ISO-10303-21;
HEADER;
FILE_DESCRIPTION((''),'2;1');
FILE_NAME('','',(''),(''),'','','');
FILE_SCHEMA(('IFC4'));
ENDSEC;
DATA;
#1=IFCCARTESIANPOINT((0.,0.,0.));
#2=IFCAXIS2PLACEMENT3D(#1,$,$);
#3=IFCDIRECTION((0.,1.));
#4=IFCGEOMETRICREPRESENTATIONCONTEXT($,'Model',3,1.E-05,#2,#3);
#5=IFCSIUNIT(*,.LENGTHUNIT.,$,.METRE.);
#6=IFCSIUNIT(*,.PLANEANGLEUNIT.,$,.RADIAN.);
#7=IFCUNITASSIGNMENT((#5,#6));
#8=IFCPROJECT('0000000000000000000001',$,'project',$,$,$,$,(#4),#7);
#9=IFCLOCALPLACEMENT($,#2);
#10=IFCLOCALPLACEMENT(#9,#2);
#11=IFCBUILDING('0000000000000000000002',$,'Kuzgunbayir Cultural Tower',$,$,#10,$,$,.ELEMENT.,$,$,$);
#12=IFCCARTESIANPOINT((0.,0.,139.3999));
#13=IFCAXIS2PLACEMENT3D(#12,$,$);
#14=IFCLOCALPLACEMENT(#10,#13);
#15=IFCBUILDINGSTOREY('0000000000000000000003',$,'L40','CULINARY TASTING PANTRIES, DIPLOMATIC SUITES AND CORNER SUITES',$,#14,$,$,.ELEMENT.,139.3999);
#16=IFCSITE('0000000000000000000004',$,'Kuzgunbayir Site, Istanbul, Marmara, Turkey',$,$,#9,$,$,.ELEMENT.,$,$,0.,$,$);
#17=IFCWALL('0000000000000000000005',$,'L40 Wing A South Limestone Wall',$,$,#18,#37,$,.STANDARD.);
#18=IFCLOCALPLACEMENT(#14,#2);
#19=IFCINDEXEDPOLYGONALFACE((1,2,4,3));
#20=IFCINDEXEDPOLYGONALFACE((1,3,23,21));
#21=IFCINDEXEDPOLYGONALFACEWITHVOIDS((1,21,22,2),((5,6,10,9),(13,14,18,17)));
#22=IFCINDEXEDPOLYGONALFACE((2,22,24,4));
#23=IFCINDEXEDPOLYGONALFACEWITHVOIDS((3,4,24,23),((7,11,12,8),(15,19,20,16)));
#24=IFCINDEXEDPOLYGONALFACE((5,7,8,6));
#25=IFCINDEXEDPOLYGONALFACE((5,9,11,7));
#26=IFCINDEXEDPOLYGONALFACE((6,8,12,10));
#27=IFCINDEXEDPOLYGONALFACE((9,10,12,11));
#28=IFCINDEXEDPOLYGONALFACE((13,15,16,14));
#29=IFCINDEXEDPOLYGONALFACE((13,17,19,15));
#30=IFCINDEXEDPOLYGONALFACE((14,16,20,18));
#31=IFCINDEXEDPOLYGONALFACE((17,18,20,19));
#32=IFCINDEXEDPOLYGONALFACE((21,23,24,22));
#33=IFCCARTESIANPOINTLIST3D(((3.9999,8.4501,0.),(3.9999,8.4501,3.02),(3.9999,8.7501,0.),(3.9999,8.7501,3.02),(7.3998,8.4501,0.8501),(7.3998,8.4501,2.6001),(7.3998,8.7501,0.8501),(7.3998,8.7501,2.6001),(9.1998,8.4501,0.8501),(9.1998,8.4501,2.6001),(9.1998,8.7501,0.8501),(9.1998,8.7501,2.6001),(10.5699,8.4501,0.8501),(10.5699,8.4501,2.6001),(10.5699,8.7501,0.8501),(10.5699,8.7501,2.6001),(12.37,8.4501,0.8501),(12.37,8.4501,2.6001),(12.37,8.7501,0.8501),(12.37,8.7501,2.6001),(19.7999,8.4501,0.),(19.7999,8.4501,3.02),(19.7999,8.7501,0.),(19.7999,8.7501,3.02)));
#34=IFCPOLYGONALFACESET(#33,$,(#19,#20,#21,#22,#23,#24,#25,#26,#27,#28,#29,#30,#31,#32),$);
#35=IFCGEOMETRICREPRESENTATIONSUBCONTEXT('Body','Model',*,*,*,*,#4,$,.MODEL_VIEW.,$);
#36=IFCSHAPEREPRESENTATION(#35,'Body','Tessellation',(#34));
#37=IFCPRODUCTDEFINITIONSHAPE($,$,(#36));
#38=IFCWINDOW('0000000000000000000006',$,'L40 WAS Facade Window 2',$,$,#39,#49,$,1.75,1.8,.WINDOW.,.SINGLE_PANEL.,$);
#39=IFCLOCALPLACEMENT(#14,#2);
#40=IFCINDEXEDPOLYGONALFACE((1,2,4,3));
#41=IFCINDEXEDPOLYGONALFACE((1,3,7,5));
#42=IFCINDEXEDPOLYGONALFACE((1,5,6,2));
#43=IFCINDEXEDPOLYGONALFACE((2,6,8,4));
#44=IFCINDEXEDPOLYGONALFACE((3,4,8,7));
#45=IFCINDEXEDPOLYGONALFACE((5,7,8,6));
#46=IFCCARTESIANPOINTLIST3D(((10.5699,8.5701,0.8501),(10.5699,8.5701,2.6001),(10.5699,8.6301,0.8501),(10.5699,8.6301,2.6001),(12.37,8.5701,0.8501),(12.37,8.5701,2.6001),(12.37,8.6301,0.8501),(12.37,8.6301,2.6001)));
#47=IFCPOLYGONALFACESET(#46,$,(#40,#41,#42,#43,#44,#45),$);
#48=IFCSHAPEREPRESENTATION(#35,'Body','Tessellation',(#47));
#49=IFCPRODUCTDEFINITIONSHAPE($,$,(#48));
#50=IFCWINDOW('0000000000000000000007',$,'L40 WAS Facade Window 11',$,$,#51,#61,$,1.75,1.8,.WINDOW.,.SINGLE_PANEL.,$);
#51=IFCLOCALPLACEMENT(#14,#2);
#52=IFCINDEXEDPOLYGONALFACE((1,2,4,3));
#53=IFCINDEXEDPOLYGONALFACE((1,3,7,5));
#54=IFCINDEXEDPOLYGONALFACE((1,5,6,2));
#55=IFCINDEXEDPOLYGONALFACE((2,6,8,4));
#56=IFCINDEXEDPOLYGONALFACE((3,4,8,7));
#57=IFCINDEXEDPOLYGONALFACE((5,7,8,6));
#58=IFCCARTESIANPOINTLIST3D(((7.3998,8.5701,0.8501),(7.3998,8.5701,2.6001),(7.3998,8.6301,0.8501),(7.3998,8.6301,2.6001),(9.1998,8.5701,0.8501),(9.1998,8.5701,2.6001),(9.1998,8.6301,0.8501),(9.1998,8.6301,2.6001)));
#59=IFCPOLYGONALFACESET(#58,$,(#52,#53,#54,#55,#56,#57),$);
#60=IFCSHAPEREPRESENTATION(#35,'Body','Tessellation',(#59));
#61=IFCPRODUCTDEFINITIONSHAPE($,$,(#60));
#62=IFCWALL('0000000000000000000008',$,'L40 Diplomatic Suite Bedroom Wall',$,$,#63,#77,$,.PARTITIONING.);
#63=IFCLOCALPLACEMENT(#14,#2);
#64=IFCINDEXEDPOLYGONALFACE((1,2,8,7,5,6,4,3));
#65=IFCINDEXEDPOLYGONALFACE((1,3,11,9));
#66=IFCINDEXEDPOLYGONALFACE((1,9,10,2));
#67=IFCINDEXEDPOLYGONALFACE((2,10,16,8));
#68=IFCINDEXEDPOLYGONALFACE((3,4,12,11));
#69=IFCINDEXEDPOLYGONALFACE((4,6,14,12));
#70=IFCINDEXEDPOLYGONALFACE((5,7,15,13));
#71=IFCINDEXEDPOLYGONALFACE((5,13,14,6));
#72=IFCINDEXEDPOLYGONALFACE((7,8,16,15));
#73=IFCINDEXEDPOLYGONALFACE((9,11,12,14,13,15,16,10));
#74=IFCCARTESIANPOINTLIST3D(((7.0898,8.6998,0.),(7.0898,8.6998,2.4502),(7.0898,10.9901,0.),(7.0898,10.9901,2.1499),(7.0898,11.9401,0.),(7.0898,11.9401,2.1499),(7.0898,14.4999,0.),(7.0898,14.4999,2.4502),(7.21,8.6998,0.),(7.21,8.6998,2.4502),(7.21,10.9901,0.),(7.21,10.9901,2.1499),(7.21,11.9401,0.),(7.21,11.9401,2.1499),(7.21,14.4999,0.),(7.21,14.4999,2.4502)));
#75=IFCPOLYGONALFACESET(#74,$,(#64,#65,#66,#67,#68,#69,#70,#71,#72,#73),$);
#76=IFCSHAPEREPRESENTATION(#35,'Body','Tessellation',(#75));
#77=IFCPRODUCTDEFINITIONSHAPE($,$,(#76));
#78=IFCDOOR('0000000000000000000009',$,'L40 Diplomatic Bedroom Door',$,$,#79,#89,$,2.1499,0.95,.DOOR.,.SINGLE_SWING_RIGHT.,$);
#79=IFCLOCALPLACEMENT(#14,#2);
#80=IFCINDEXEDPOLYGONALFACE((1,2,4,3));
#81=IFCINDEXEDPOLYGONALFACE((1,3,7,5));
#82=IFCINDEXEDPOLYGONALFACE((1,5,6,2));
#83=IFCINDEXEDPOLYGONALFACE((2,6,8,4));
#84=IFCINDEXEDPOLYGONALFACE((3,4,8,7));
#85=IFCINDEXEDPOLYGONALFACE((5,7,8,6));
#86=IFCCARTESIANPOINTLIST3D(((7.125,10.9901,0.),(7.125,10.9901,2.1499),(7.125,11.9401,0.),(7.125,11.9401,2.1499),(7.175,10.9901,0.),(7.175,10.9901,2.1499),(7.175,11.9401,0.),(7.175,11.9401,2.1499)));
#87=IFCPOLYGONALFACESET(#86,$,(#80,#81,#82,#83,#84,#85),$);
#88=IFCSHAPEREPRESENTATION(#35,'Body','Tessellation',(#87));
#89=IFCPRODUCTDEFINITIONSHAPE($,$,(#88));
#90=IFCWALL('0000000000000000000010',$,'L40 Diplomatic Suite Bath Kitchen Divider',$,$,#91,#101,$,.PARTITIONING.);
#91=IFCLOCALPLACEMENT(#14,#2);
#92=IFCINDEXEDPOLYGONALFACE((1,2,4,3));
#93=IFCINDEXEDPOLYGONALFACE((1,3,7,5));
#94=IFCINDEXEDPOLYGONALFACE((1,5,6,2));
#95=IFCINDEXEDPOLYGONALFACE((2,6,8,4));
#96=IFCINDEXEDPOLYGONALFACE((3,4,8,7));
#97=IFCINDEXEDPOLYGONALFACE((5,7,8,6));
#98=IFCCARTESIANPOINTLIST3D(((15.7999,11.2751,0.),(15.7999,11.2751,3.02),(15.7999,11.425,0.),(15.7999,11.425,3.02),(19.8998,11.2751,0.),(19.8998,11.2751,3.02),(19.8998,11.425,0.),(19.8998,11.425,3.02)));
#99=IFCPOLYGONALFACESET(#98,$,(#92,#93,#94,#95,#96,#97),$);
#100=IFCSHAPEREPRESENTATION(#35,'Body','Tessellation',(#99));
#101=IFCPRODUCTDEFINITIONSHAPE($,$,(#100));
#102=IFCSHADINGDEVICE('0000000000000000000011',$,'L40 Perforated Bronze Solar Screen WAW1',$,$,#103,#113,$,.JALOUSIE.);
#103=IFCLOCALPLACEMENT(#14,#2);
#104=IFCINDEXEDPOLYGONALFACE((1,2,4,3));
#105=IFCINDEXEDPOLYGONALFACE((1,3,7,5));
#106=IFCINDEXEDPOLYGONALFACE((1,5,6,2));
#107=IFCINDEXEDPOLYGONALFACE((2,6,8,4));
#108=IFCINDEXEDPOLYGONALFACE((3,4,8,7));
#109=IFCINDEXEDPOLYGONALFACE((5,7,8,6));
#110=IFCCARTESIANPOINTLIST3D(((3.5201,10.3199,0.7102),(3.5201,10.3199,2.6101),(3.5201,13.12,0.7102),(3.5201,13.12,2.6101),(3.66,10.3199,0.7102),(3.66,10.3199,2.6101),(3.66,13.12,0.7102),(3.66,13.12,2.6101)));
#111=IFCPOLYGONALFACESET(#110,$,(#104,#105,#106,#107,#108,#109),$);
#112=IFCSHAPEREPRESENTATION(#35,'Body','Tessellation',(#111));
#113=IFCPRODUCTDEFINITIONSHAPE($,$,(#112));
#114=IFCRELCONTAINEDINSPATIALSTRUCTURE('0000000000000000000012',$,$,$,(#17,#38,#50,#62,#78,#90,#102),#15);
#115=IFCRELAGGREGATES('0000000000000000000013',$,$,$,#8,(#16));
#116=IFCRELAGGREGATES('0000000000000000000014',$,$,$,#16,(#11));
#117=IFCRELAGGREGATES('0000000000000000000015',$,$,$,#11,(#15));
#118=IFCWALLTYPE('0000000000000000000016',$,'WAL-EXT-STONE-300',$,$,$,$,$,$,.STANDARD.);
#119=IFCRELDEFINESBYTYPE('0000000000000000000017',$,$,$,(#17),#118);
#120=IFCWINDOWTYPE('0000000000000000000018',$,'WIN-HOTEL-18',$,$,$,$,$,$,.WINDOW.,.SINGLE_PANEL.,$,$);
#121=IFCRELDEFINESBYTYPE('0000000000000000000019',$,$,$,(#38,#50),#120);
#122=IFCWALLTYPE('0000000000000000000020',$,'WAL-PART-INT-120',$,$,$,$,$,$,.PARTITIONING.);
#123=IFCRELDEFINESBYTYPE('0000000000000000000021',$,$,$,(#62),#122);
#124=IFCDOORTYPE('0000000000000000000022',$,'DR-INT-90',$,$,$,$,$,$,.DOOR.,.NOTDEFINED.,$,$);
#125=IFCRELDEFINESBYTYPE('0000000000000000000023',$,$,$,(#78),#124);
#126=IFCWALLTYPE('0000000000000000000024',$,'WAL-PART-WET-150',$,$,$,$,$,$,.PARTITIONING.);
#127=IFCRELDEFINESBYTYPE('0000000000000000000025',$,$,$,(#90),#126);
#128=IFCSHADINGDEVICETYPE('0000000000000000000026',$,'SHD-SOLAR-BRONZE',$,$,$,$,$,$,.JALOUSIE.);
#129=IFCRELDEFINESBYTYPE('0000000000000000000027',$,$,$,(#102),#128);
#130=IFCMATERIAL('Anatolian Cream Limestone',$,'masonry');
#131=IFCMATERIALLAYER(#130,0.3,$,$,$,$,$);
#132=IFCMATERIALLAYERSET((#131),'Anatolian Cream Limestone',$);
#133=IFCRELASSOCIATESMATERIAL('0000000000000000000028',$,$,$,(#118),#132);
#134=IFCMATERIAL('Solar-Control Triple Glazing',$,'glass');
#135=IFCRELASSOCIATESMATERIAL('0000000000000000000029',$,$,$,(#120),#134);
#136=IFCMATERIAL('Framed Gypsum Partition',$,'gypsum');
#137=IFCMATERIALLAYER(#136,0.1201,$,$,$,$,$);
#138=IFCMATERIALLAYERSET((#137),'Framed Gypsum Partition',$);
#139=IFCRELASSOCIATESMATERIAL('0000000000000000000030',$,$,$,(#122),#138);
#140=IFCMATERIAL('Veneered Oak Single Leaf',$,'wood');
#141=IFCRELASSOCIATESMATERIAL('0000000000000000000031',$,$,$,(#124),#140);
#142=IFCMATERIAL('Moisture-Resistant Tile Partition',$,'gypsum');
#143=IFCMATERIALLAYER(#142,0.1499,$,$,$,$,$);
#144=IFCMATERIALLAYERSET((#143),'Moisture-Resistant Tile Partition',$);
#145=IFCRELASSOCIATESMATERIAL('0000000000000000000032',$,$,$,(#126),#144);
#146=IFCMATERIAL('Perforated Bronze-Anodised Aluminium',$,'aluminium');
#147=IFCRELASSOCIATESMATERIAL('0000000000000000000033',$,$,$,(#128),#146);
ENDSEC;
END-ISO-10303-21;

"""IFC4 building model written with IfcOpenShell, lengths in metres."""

from ifc_helpers import new_model, si_unit, direction, frame, frame_2d, origin, origin_2d, place, context, subcontext, project, spatial, rectangle, extrude, material, layer, layer_set, type_object, element, fill, save


model = new_model("IFC4")

# Units and contexts
model_context = context("Model", 3, precision=1e-05, world=origin(), true_north=direction((0.0, 1.0)))
body_context = subcontext(model_context, "Body", "Model", "MODEL_VIEW")
ifc_project = project(units=[si_unit("LENGTHUNIT", "METRE"), si_unit("PLANEANGLEUNIT", "RADIAN")], contexts=[model_context])

# Site, building, storey
site_placement = place(None, origin())
site = spatial("IfcSite", under=ifc_project, at=site_placement, Name="Kuzgunbayir Site, Istanbul, Marmara, Turkey", CompositionType="ELEMENT", RefElevation=0.0)
building_placement = place(site_placement, origin())
building = spatial("IfcBuilding", under=site, at=building_placement, Name="Kuzgunbayir Cultural Tower", CompositionType="ELEMENT")
storey_placement = place(building_placement, frame((0.0, 0.0, 139.3999)))
storey = spatial("IfcBuildingStorey", under=building, at=storey_placement, Name="L40", Description="CULINARY TASTING PANTRIES, DIPLOMATIC SUITES AND CORNER SUITES", CompositionType="ELEMENT", Elevation=139.3999)

# Wall, openings, windows
ifc_material_1 = material(Name="Anatolian Cream Limestone", Category="masonry")
ifc_layer_1 = layer(ifc_material_1, 0.3)
ifc_layer_set_1 = layer_set([ifc_layer_1], Name="Anatolian Cream Limestone")
wall_type_1 = type_object("IfcWallType", Name="WAL-EXT-STONE-300", PredefinedType="STANDARD", material=ifc_layer_set_1)
wall_1_placement = place(storey_placement, frame((4.0, 8.6001, 0.0), z_axis=(0.0, 0.0, 1.0), x_axis=(1.0, 0.0, 0.0)))
wall_1 = element("IfcWall", 1, at=wall_1_placement, inside=storey, type_object=wall_type_1, Name="L40 Wing A South Limestone Wall", PredefinedType="STANDARD", context=body_context, shape_type="SweptSolid", body=[
    extrude(rectangle(XDim=15.8, YDim=0.3, at=frame_2d((7.8999, 0.0))), origin(), (0.0, 0.0, 1.0), 3.02),
])
opening_1_placement = place(wall_1_placement, frame((6.5701, 0.0, 0.8501)))
opening_1 = element("IfcOpeningElement", 2, at=opening_1_placement, cuts=wall_1, PredefinedType="OPENING", context=body_context, shape_type="SweptSolid", body=[
    extrude(rectangle(XDim=1.8, YDim=1.75, at=frame_2d((0.8999, 0.875))), frame((0.0, 0.1602, 0.0), z_axis=(0.0, -1.0, 0.0), x_axis=(1.0, 0.0, 0.0)), (0.0, 0.0, 1.0), 0.3201),
])
opening_2_placement = place(wall_1_placement, frame((3.3999, 0.0, 0.8501)))
opening_2 = element("IfcOpeningElement", 3, at=opening_2_placement, cuts=wall_1, PredefinedType="OPENING", context=body_context, shape_type="SweptSolid", body=[
    extrude(rectangle(XDim=1.8, YDim=1.75, at=frame_2d((0.8999, 0.875))), frame((0.0, 0.1602, 0.0), z_axis=(0.0, -1.0, 0.0), x_axis=(1.0, 0.0, 0.0)), (0.0, 0.0, 1.0), 0.3201),
])
ifc_material_2 = material(Name="Solar-Control Triple Glazing", Category="glass")
window_type = type_object("IfcWindowType", Name="WIN-HOTEL-18", PartitioningType="SINGLE_PANEL", PredefinedType="WINDOW", material=ifc_material_2)
window_1_placement = place(opening_1_placement, origin())
window_1 = element("IfcWindow", 4, at=window_1_placement, inside=storey, type_object=window_type, Name="L40 WAS Facade Window 2", OverallHeight=1.75, OverallWidth=1.8, PartitioningType="SINGLE_PANEL", PredefinedType="WINDOW", context=body_context, shape_type="SweptSolid", body=[
    extrude(rectangle(XDim=1.8, YDim=1.75, at=frame_2d((0.8999, 0.875))), frame((0.0, 0.03, 0.0), z_axis=(0.0, -1.0, 0.0), x_axis=(1.0, 0.0, 0.0)), (0.0, 0.0, 1.0), 0.0601),
])
fill(opening_1, window_1)
window_2_placement = place(opening_2_placement, origin())
window_2 = element("IfcWindow", 5, at=window_2_placement, inside=storey, type_object=window_type, Name="L40 WAS Facade Window 11", OverallHeight=1.75, OverallWidth=1.8, PartitioningType="SINGLE_PANEL", PredefinedType="WINDOW", context=body_context, shape_type="SweptSolid", body=[
    extrude(rectangle(XDim=1.8, YDim=1.75, at=frame_2d((0.8999, 0.875))), frame((0.0, 0.03, 0.0), z_axis=(0.0, -1.0, 0.0), x_axis=(1.0, 0.0, 0.0)), (0.0, 0.0, 1.0), 0.0601),
])
fill(opening_2, window_2)

# Wall, opening, door
ifc_material_3 = material(Name="Framed Gypsum Partition", Category="gypsum")
ifc_layer_2 = layer(ifc_material_3, 0.1201)
ifc_layer_set_2 = layer_set([ifc_layer_2], Name="Framed Gypsum Partition")
wall_type_2 = type_object("IfcWallType", Name="WAL-PART-INT-120", PredefinedType="PARTITIONING", material=ifc_layer_set_2)
wall_2_placement = place(storey_placement, frame((7.1499, 8.7, 0.0), z_axis=(0.0, 0.0, 1.0), x_axis=(0.0, 1.0, 0.0)))
wall_2 = element("IfcWall", 6, at=wall_2_placement, inside=storey, type_object=wall_type_2, Name="L40 Diplomatic Suite Bedroom Wall", PredefinedType="PARTITIONING", context=body_context, shape_type="SweptSolid", body=[
    extrude(rectangle(XDim=5.8, YDim=0.1201, at=frame_2d((2.8999, 0.0))), origin(), (0.0, 0.0, 1.0), 2.4502),
])
opening_3_placement = place(wall_2_placement, frame((2.29, 0.0, 0.0)))
opening_3 = element("IfcOpeningElement", 7, at=opening_3_placement, cuts=wall_2, PredefinedType="OPENING", context=body_context, shape_type="SweptSolid", body=[
    extrude(rectangle(XDim=0.95, YDim=2.1499, at=frame_2d((0.4751, 1.075))), frame((0.0, 0.0701, 0.0), z_axis=(0.0, -1.0, 0.0), x_axis=(1.0, 0.0, 0.0)), (0.0, 0.0, 1.0), 0.1401),
])
ifc_material_4 = material(Name="Veneered Oak Single Leaf", Category="wood")
door_type_1 = type_object("IfcDoorType", Name="DR-INT-90", OperationType="NOTDEFINED", PredefinedType="DOOR", material=ifc_material_4)
door_1_placement = place(opening_3_placement, origin())
door_1 = element("IfcDoor", 8, at=door_1_placement, inside=storey, type_object=door_type_1, Name="L40 Diplomatic Bedroom Door", OperationType="SINGLE_SWING_RIGHT", OverallHeight=2.1499, OverallWidth=0.95, PredefinedType="DOOR", context=body_context, shape_type="SweptSolid", body=[
    extrude(rectangle(XDim=0.95, YDim=2.1499, at=frame_2d((0.4751, 1.075))), frame((0.0, 0.0249, 0.0), z_axis=(0.0, -1.0, 0.0), x_axis=(1.0, 0.0, 0.0)), (0.0, 0.0, 1.0), 0.05),
])
fill(opening_3, door_1)

# Shared definitions
ifc_material_5 = material(Name="Moisture-Resistant Tile Partition", Category="gypsum")
ifc_layer_3 = layer(ifc_material_5, 0.1499)
ifc_layer_set_3 = layer_set([ifc_layer_3], Name="Moisture-Resistant Tile Partition")
wall_type_3 = type_object("IfcWallType", Name="WAL-PART-WET-150", PredefinedType="PARTITIONING", material=ifc_layer_set_3)

# Wall
wall_3_placement = place(storey_placement, frame((15.8, 11.3501, 0.0), z_axis=(0.0, 0.0, 1.0), x_axis=(1.0, 0.0, 0.0)))
element("IfcWall", 9, at=wall_3_placement, inside=storey, type_object=wall_type_3, Name="L40 Diplomatic Suite Bath Kitchen Divider", PredefinedType="PARTITIONING", context=body_context, shape_type="SweptSolid", body=[
    extrude(rectangle(XDim=4.0999, YDim=0.1499, at=frame_2d((2.0498, 0.0))), origin(), (0.0, 0.0, 1.0), 3.02),
])

# Shading device
ifc_material_6 = material(Name="Perforated Bronze-Anodised Aluminium", Category="aluminium")
shading_device_type = type_object("IfcShadingDeviceType", Name="SHD-SOLAR-BRONZE", PredefinedType="JALOUSIE", material=ifc_material_6)
shading_device_placement = place(storey_placement, frame((3.5901, 11.72, 0.7102), z_axis=(0.0, 0.0, 1.0), x_axis=(1.0, 0.0, 0.0)))
element("IfcShadingDevice", 10, at=shading_device_placement, inside=storey, type_object=shading_device_type, Name="L40 Perforated Bronze Solar Screen WAW1", PredefinedType="JALOUSIE", context=body_context, shape_type="SweptSolid", body=[
    extrude(rectangle(XDim=0.1399, YDim=2.8, at=origin_2d()), origin(), (0.0, 0.0, 1.0), 1.8999),
])

save(model, "model.ifc")
